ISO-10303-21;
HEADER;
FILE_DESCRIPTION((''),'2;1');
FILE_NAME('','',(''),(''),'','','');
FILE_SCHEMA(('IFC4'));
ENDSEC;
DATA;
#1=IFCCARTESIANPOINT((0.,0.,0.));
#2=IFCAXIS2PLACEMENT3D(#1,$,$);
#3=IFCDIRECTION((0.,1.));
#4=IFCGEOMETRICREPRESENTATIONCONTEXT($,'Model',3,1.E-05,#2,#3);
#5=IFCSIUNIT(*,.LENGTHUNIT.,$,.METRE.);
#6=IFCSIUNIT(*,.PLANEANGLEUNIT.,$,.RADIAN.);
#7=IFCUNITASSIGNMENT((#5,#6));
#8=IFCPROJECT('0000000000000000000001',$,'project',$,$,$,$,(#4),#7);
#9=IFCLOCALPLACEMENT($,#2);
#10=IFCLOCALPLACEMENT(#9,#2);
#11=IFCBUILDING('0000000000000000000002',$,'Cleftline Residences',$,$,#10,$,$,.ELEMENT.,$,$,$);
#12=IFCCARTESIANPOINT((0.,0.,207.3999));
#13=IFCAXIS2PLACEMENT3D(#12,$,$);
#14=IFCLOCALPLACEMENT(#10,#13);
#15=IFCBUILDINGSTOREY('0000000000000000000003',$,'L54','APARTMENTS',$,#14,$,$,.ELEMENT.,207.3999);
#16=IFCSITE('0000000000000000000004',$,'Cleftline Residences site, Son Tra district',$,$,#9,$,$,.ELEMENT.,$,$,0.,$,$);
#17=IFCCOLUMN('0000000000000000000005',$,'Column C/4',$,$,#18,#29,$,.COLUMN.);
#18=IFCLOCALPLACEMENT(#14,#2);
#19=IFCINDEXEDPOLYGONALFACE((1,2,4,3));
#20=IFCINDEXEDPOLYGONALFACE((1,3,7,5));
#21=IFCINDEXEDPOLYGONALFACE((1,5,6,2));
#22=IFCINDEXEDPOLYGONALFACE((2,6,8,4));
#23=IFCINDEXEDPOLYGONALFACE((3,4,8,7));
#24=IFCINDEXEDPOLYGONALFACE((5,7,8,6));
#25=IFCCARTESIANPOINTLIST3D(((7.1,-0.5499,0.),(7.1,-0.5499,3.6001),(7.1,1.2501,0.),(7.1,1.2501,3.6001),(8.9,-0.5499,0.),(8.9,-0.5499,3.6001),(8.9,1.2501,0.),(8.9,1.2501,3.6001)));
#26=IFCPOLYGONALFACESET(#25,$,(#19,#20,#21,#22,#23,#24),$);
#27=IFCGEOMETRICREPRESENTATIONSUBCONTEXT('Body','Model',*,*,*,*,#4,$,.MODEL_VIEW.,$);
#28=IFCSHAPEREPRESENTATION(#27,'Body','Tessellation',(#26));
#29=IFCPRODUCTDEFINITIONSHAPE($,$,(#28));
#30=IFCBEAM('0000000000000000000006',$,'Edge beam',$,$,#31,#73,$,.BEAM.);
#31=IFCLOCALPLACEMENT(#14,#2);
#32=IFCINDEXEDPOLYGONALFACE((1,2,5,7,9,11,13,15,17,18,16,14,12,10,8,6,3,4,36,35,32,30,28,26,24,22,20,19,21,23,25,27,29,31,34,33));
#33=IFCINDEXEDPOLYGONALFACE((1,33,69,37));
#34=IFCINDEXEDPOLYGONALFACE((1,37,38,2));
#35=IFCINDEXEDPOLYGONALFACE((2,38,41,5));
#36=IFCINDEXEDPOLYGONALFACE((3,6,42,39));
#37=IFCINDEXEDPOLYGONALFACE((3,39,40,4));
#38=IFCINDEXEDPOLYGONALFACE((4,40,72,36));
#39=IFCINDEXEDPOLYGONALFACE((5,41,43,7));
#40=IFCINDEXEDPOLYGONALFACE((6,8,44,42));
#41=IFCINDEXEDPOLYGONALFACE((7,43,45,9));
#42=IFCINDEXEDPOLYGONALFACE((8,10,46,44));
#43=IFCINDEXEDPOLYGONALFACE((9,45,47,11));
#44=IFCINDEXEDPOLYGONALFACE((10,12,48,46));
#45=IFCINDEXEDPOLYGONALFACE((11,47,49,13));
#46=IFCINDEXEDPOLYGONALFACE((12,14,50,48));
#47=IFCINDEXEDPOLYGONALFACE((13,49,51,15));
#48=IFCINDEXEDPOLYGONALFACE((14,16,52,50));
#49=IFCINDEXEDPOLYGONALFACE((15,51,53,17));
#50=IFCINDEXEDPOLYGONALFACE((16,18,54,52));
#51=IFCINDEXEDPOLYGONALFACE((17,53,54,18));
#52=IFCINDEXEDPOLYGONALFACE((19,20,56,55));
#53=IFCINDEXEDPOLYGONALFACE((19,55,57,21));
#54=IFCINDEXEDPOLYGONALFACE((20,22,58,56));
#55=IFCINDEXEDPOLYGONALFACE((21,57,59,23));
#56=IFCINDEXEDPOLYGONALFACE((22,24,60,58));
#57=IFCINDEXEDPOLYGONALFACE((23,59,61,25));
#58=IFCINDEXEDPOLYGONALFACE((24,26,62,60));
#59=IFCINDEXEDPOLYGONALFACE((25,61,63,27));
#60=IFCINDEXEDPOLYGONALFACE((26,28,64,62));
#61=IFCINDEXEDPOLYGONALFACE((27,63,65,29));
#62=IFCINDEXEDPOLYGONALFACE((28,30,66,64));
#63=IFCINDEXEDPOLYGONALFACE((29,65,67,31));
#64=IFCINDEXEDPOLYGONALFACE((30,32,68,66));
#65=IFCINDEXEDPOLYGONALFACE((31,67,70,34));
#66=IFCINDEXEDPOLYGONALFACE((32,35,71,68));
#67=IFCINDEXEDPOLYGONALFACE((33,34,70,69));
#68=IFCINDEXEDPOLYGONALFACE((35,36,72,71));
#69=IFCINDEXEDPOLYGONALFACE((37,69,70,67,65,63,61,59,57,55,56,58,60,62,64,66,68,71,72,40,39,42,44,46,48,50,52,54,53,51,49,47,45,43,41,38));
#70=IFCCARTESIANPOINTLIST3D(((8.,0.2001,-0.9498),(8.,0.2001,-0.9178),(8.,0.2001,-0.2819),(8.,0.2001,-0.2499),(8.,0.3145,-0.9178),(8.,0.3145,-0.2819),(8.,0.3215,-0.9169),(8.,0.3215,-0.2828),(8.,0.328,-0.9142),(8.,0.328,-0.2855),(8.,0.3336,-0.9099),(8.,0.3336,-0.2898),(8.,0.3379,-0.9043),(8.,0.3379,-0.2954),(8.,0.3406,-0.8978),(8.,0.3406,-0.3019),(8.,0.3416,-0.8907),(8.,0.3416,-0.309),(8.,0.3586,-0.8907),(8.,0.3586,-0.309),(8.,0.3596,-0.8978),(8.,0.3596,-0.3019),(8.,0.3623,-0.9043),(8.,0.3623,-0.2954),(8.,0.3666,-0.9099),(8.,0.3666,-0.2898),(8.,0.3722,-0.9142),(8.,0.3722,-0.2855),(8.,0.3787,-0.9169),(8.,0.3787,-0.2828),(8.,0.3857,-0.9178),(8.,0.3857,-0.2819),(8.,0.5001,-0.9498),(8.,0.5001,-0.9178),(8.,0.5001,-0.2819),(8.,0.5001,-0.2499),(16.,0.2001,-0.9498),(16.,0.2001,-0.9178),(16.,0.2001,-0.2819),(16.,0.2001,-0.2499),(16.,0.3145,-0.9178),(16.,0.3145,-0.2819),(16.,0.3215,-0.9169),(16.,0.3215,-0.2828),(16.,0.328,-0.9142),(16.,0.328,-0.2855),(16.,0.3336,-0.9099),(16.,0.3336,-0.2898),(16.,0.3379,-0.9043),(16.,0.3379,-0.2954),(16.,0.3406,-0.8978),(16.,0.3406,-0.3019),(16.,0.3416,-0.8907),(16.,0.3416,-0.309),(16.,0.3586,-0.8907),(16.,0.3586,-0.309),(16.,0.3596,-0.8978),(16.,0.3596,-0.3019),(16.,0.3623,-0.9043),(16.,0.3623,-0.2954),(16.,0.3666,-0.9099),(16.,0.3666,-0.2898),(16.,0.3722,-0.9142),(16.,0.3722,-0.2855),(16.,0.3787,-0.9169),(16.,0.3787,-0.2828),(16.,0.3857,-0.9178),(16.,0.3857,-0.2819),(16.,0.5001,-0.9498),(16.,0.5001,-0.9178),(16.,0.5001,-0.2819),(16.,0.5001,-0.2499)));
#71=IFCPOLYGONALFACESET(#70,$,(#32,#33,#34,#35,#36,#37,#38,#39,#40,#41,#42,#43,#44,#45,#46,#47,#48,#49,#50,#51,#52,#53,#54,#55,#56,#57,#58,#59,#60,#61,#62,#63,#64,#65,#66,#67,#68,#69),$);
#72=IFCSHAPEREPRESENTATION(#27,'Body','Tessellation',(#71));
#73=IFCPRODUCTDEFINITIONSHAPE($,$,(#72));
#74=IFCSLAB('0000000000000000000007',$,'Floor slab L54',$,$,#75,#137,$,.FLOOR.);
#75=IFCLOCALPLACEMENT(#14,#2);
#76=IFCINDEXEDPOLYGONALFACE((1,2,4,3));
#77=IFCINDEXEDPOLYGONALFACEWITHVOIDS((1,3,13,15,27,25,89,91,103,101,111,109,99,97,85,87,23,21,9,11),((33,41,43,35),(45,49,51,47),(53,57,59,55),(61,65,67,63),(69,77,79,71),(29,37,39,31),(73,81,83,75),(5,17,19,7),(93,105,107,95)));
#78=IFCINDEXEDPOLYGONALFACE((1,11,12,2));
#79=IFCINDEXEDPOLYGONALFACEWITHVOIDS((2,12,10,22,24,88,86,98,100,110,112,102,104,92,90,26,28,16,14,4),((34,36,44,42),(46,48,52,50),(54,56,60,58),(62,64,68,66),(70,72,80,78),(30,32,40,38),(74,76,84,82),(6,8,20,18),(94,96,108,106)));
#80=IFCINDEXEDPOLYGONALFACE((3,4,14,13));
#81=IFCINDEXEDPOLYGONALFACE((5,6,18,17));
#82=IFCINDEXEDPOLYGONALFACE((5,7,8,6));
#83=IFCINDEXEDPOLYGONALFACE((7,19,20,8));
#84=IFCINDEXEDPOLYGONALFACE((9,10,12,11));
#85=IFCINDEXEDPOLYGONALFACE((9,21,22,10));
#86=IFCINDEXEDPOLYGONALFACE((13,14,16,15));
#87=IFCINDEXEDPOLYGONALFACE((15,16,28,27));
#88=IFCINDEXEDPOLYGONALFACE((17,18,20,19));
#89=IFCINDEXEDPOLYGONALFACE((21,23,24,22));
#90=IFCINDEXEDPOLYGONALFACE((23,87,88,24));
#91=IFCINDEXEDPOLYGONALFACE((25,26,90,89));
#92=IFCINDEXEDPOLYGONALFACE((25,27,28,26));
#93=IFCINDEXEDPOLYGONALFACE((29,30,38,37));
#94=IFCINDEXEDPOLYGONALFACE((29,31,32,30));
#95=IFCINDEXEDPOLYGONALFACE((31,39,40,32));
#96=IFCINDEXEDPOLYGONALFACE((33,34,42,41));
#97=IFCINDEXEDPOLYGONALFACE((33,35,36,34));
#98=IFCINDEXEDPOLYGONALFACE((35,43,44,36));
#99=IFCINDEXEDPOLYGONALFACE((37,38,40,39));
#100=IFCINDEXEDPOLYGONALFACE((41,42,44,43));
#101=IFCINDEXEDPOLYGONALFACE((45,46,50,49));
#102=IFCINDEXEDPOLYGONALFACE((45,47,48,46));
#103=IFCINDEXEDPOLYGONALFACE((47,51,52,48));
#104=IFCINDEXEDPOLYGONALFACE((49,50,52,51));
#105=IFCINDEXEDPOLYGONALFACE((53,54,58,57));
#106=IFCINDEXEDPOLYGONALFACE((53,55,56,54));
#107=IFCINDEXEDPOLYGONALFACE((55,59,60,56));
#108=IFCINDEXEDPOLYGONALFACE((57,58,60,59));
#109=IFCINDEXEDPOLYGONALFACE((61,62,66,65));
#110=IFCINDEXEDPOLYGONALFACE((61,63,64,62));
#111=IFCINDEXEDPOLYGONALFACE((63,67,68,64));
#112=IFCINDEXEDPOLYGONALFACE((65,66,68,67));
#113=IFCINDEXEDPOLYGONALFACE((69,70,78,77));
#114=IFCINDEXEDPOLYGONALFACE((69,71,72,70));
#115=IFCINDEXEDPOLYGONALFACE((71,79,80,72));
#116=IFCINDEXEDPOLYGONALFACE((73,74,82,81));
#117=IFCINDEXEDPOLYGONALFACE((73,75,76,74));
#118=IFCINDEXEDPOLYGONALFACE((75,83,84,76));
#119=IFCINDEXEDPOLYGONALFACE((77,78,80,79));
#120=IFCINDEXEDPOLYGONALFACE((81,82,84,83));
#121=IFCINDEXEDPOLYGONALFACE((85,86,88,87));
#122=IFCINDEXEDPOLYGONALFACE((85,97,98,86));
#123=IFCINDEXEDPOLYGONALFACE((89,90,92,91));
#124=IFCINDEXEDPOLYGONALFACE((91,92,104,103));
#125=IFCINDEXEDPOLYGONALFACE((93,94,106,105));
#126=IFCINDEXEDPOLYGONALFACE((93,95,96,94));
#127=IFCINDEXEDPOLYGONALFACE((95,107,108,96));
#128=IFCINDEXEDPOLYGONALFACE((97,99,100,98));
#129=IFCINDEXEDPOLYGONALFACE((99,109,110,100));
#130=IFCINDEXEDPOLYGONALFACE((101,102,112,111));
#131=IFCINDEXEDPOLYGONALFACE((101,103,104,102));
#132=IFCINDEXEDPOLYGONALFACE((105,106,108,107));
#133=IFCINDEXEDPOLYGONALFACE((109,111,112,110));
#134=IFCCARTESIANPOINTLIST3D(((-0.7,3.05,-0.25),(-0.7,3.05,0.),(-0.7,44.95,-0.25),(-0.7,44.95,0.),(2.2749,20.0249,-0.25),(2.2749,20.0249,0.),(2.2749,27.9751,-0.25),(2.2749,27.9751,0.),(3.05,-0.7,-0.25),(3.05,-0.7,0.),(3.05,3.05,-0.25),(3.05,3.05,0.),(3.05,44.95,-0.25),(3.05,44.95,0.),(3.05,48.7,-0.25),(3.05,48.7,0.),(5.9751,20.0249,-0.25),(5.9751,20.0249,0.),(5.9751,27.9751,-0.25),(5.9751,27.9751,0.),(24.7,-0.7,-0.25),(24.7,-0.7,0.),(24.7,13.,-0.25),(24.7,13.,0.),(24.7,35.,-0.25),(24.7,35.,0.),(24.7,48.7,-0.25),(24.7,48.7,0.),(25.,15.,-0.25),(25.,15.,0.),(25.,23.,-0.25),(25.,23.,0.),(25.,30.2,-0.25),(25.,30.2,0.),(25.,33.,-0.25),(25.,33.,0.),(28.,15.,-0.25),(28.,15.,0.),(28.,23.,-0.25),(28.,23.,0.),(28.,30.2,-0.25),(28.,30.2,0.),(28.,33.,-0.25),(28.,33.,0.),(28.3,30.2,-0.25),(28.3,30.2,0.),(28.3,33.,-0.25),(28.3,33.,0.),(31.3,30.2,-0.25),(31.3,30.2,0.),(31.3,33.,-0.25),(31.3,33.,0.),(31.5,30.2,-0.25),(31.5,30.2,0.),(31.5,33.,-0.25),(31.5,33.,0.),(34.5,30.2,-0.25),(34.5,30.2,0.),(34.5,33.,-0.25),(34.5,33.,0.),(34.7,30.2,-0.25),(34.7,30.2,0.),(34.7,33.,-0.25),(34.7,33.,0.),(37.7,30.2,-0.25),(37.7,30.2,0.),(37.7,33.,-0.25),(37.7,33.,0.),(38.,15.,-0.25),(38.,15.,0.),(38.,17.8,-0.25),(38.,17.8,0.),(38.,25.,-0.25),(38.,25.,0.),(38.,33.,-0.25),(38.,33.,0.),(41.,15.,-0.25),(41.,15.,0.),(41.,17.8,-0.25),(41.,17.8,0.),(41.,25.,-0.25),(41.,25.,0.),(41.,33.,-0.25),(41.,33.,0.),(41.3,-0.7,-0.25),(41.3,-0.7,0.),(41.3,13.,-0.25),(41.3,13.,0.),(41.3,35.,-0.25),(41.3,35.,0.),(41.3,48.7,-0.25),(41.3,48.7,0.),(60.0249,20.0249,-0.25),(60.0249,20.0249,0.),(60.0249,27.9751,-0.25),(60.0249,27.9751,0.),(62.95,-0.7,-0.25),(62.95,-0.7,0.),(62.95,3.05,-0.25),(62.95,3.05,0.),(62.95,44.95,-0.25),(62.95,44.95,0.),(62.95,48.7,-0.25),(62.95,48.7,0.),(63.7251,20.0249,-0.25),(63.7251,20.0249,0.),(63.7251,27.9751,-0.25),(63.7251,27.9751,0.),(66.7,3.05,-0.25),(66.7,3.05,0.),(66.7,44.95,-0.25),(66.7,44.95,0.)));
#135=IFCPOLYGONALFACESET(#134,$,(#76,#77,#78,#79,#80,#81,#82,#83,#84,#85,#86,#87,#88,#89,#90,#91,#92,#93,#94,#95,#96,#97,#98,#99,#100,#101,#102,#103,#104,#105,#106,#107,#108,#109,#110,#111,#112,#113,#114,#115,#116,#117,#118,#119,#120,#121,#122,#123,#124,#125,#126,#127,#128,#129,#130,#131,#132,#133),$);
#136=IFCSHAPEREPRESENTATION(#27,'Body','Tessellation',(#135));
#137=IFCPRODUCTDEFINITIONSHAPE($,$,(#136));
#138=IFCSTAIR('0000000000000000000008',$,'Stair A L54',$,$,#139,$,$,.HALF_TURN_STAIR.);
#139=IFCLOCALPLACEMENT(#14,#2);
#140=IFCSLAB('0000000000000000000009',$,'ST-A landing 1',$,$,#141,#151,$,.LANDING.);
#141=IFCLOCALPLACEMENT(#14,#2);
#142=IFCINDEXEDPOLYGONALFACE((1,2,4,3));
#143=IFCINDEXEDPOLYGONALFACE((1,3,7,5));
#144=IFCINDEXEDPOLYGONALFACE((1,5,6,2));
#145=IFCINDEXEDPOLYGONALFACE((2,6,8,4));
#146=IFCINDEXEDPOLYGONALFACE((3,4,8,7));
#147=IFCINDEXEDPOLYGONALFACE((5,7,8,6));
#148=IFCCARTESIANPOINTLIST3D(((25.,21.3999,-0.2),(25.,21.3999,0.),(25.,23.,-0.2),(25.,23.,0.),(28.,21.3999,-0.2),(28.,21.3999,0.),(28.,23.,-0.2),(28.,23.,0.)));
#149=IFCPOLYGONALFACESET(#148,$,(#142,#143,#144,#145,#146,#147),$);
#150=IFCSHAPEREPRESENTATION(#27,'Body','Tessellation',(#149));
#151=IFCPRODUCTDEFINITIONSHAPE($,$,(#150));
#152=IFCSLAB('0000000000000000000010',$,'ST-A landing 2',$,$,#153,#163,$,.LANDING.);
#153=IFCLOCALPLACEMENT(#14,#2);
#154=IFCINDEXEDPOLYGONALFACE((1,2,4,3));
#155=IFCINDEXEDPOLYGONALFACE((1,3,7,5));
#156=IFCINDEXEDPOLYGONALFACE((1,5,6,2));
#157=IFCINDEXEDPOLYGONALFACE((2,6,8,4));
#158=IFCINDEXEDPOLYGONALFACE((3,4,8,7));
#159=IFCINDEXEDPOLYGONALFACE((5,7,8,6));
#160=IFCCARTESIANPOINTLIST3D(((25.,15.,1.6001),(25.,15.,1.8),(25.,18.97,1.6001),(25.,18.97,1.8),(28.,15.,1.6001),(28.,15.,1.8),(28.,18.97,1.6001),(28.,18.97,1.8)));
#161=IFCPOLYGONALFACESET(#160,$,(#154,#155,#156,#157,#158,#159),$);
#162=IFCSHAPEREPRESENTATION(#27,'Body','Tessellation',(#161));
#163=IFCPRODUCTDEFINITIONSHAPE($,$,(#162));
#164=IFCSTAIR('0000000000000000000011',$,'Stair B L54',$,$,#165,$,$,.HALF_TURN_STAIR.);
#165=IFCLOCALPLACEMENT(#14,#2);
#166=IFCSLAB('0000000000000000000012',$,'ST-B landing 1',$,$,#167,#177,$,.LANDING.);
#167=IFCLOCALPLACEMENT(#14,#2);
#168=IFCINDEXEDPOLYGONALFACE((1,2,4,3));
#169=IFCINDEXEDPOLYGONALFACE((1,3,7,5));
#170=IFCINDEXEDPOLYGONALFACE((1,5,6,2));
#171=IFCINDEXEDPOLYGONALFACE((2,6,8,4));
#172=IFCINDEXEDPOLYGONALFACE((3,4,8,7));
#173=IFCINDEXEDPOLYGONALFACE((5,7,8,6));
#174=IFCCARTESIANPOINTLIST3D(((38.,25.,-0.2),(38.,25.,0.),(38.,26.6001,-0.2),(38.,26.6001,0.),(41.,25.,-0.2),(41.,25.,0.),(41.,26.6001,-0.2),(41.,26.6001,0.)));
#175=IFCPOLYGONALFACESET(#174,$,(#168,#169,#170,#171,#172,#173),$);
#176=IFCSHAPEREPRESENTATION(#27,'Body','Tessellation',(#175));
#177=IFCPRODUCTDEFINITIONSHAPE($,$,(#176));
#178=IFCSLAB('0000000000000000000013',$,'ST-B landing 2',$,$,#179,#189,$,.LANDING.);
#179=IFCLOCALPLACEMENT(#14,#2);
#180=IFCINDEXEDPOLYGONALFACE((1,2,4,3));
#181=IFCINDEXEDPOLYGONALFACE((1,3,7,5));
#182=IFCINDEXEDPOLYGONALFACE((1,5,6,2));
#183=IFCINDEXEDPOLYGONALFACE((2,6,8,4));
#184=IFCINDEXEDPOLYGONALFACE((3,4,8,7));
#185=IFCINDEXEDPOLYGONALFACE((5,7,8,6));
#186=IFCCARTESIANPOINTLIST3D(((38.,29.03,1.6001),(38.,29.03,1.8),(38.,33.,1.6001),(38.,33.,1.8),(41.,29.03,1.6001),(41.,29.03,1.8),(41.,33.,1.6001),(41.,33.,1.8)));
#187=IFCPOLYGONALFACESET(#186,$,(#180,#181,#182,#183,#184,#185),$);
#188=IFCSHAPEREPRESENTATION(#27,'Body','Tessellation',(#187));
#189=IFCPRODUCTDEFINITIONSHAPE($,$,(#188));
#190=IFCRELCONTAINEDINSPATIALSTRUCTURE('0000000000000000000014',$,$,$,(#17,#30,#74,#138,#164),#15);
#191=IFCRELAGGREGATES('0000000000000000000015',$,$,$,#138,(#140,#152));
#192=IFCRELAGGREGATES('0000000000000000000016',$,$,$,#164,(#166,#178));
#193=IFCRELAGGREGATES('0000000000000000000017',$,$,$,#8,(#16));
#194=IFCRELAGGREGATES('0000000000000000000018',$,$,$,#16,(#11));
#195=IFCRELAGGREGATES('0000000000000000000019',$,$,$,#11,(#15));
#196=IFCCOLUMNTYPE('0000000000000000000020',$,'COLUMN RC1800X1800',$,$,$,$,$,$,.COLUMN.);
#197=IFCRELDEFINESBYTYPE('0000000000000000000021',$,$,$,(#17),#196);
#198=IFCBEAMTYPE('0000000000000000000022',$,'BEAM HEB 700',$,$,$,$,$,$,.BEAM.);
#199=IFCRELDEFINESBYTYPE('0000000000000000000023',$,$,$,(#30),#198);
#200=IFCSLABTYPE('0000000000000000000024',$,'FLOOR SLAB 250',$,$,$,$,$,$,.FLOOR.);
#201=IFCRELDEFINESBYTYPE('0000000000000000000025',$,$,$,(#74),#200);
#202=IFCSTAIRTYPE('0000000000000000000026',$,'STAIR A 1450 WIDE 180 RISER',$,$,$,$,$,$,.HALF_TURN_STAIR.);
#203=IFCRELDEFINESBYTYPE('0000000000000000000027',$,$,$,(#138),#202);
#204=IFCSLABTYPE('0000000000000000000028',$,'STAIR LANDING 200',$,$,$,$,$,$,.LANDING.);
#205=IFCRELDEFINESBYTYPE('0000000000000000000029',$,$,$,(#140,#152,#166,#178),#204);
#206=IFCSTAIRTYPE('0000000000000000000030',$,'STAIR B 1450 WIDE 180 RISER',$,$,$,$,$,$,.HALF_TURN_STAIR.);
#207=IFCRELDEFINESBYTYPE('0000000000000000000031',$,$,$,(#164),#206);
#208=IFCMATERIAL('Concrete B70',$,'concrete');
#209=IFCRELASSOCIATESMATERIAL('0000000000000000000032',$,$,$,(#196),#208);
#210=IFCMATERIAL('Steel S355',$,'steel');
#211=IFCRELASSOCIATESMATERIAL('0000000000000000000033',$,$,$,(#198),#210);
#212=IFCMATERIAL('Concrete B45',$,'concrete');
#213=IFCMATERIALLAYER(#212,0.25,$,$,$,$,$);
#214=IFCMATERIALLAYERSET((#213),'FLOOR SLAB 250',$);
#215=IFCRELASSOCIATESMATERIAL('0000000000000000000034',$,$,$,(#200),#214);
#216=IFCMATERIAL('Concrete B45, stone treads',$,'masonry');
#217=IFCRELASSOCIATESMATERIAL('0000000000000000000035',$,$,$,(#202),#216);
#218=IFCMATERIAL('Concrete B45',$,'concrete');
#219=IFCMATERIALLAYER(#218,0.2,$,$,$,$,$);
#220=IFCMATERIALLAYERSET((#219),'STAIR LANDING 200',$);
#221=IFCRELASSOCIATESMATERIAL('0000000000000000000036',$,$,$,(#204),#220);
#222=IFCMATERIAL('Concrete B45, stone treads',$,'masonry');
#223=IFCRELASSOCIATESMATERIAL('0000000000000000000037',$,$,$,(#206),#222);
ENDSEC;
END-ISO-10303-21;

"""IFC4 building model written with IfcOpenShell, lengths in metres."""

from ifc_helpers import new_model, si_unit, direction, frame, origin, origin_2d, place, context, subcontext, project, spatial, polyline, rectangle, i_section, outline, extrude, material, layer, layer_set, material_profile, profile_set, type_object, element, aggregate, save


model = new_model("IFC4")

# Units and contexts
model_context = context("Model", 3, precision=1e-05, world=origin(), true_north=direction((0.0, 1.0)))
body_context = subcontext(model_context, "Body", "Model", "MODEL_VIEW")
ifc_project = project(units=[si_unit("LENGTHUNIT", "METRE"), si_unit("PLANEANGLEUNIT", "RADIAN")], contexts=[model_context])

# Site, building, storey
site_placement = place(None, origin())
site = spatial("IfcSite", under=ifc_project, at=site_placement, Name="Cleftline Residences site, Son Tra district", CompositionType="ELEMENT", RefElevation=0.0)
building_placement = place(site_placement, origin())
building = spatial("IfcBuilding", under=site, at=building_placement, Name="Cleftline Residences", CompositionType="ELEMENT")
storey_placement = place(building_placement, frame((0.0, 0.0, 207.3999)))
storey = spatial("IfcBuildingStorey", under=building, at=storey_placement, Name="L54", Description="APARTMENTS", CompositionType="ELEMENT", Elevation=207.3999)

# Column
ifc_material_1 = material(Name="Concrete B70", Category="concrete")
ifc_material_profile_1 = material_profile(ifc_material_1, rectangle(XDim=1.8, YDim=1.8, at=origin_2d()))
ifc_profile_set_1 = profile_set([ifc_material_profile_1], Name="Concrete B70")
column_type = type_object("IfcColumnType", Name="COLUMN RC1800X1800", PredefinedType="COLUMN", material=ifc_profile_set_1)
column_placement = place(storey_placement, frame((8.0, 0.3501, 0.0), z_axis=(0.0, 0.0, 1.0), x_axis=(1.0, 0.0, 0.0)))
element("IfcColumn", 1, at=column_placement, inside=storey, type_object=column_type, Name="Column C/4", PredefinedType="COLUMN", context=body_context, shape_type="SweptSolid", body=[
    extrude(rectangle(XDim=1.8, YDim=1.8, at=origin_2d()), origin(), (0.0, 0.0, 1.0), 3.6001),
])

# Beam
ifc_material_2 = material(Name="Steel S355", Category="steel")
ifc_material_profile_2 = material_profile(ifc_material_2, i_section(OverallWidth=0.3, OverallDepth=0.7, WebThickness=0.0171, FlangeThickness=0.032, FilletRadius=0.0271, at=origin_2d()))
ifc_profile_set_2 = profile_set([ifc_material_profile_2], Name="Steel S355")
beam_type = type_object("IfcBeamType", Name="BEAM HEB 700", PredefinedType="BEAM", material=ifc_profile_set_2)
beam_placement = place(storey_placement, frame((8.0, 0.3501, -0.5999), z_axis=(1.0, 0.0, 0.0), x_axis=(0.0, 1.0, 0.0)))
element("IfcBeam", 2, at=beam_placement, inside=storey, type_object=beam_type, Name="Edge beam", PredefinedType="BEAM", context=body_context, shape_type="SweptSolid", body=[
    extrude(i_section(OverallWidth=0.3, OverallDepth=0.7, WebThickness=0.0171, FlangeThickness=0.032, FilletRadius=0.0271, at=origin_2d()), origin(), (0.0, 0.0, 1.0), 8.0),
])

# Slab
ifc_material_3 = material(Name="Concrete B45", Category="concrete")
ifc_layer_1 = layer(ifc_material_3, 0.25)
ifc_layer_set_1 = layer_set([ifc_layer_1], Name="FLOOR SLAB 250")
slab_type_1 = type_object("IfcSlabType", Name="FLOOR SLAB 250", PredefinedType="FLOOR", material=ifc_layer_set_1)
slab_1_placement = place(storey_placement, frame((0.0, 0.0, -0.25)))
element("IfcSlab", 3, at=slab_1_placement, inside=storey, type_object=slab_type_1, Name="Floor slab L54", PredefinedType="FLOOR", context=body_context, shape_type="SweptSolid", body=[
    extrude(outline(polyline([(24.7, 13.0), (41.3, 13.0), (41.3, -0.7), (62.95, -0.7), (62.95, 3.05), (66.7, 3.05), (66.7, 44.95), (62.95, 44.95), (62.95, 48.7), (41.3, 48.7), (41.3, 35.0), (24.7, 35.0), (24.7, 48.7), (3.05, 48.7), (3.05, 44.95), (-0.7, 44.95), (-0.7, 3.05), (3.05, 3.05), (3.05, -0.7), (24.7, -0.7), (24.7, 13.0)]), holes=[polyline([(28.0, 15.0), (28.0, 23.0), (25.0, 23.0), (25.0, 15.0), (28.0, 15.0)]), polyline([(41.0, 25.0), (41.0, 33.0), (38.0, 33.0), (38.0, 25.0), (41.0, 25.0)]), polyline([(28.0, 30.2), (28.0, 33.0), (25.0, 33.0), (25.0, 30.2), (28.0, 30.2)]), polyline([(41.0, 15.0), (41.0, 17.8), (38.0, 17.8), (38.0, 15.0), (41.0, 15.0)]), polyline([(31.3, 30.2), (31.3, 33.0), (28.3, 33.0), (28.3, 30.2), (31.3, 30.2)]), polyline([(34.5, 30.2), (34.5, 33.0), (31.5, 33.0), (31.5, 30.2), (34.5, 30.2)]), polyline([(37.7, 30.2), (37.7, 33.0), (34.7, 33.0), (34.7, 30.2), (37.7, 30.2)]), polyline([(63.7251, 20.0249), (63.7251, 27.9751), (60.0249, 27.9751), (60.0249, 20.0249), (63.7251, 20.0249)]), polyline([(5.9751, 20.0249), (5.9751, 27.9751), (2.2749, 27.9751), (2.2749, 20.0249), (5.9751, 20.0249)])]), origin(), (0.0, 0.0, 1.0), 0.25),
])

# Stairs, slabs
ifc_material_4 = material(Name="Concrete B45, stone treads", Category="masonry")
stair_type_1 = type_object("IfcStairType", Name="STAIR A 1450 WIDE 180 RISER", PredefinedType="HALF_TURN_STAIR", material=ifc_material_4)
stair_1_placement = place(storey_placement, origin())
stair_1 = element("IfcStair", 4, at=stair_1_placement, inside=storey, type_object=stair_type_1, Name="Stair A L54", PredefinedType="HALF_TURN_STAIR")
ifc_material_5 = material(Name="Concrete B45", Category="concrete")
ifc_layer_2 = layer(ifc_material_5, 0.2)
ifc_layer_set_2 = layer_set([ifc_layer_2], Name="STAIR LANDING 200")
slab_type_2 = type_object("IfcSlabType", Name="STAIR LANDING 200", PredefinedType="LANDING", material=ifc_layer_set_2)
slab_2_placement = place(storey_placement, frame((0.0, 0.0, -0.2)))
slab_2 = element("IfcSlab", 5, at=slab_2_placement, type_object=slab_type_2, Name="ST-A landing 1", PredefinedType="LANDING", context=body_context, shape_type="SweptSolid", body=[
    extrude(outline(polyline([(25.0, 21.3999), (28.0, 21.3999), (28.0, 23.0), (25.0, 23.0), (25.0, 21.3999)])), origin(), (0.0, 0.0, 1.0), 0.2),
])
slab_3_placement = place(storey_placement, frame((0.0, 0.0, 1.6001)))
slab_3 = element("IfcSlab", 6, at=slab_3_placement, type_object=slab_type_2, Name="ST-A landing 2", PredefinedType="LANDING", context=body_context, shape_type="SweptSolid", body=[
    extrude(outline(polyline([(25.0, 15.0), (28.0, 15.0), (28.0, 18.97), (25.0, 18.97), (25.0, 15.0)])), origin(), (0.0, 0.0, 1.0), 0.2),
])
aggregate(stair_1, [slab_2, slab_3])
ifc_material_6 = material(Name="Concrete B45, stone treads", Category="masonry")
stair_type_2 = type_object("IfcStairType", Name="STAIR B 1450 WIDE 180 RISER", PredefinedType="HALF_TURN_STAIR", material=ifc_material_6)
stair_2_placement = place(storey_placement, origin())
stair_2 = element("IfcStair", 7, at=stair_2_placement, inside=storey, type_object=stair_type_2, Name="Stair B L54", PredefinedType="HALF_TURN_STAIR")
slab_4_placement = place(storey_placement, frame((0.0, 0.0, -0.2)))
slab_4 = element("IfcSlab", 8, at=slab_4_placement, type_object=slab_type_2, Name="ST-B landing 1", PredefinedType="LANDING", context=body_context, shape_type="SweptSolid", body=[
    extrude(outline(polyline([(38.0, 25.0), (41.0, 25.0), (41.0, 26.6001), (38.0, 26.6001), (38.0, 25.0)])), origin(), (0.0, 0.0, 1.0), 0.2),
])
slab_5_placement = place(storey_placement, frame((0.0, 0.0, 1.6001)))
slab_5 = element("IfcSlab", 9, at=slab_5_placement, type_object=slab_type_2, Name="ST-B landing 2", PredefinedType="LANDING", context=body_context, shape_type="SweptSolid", body=[
    extrude(outline(polyline([(38.0, 29.03), (41.0, 29.03), (41.0, 33.0), (38.0, 33.0), (38.0, 29.03)])), origin(), (0.0, 0.0, 1.0), 0.2),
])
aggregate(stair_2, [slab_4, slab_5])

save(model, "model.ifc")
